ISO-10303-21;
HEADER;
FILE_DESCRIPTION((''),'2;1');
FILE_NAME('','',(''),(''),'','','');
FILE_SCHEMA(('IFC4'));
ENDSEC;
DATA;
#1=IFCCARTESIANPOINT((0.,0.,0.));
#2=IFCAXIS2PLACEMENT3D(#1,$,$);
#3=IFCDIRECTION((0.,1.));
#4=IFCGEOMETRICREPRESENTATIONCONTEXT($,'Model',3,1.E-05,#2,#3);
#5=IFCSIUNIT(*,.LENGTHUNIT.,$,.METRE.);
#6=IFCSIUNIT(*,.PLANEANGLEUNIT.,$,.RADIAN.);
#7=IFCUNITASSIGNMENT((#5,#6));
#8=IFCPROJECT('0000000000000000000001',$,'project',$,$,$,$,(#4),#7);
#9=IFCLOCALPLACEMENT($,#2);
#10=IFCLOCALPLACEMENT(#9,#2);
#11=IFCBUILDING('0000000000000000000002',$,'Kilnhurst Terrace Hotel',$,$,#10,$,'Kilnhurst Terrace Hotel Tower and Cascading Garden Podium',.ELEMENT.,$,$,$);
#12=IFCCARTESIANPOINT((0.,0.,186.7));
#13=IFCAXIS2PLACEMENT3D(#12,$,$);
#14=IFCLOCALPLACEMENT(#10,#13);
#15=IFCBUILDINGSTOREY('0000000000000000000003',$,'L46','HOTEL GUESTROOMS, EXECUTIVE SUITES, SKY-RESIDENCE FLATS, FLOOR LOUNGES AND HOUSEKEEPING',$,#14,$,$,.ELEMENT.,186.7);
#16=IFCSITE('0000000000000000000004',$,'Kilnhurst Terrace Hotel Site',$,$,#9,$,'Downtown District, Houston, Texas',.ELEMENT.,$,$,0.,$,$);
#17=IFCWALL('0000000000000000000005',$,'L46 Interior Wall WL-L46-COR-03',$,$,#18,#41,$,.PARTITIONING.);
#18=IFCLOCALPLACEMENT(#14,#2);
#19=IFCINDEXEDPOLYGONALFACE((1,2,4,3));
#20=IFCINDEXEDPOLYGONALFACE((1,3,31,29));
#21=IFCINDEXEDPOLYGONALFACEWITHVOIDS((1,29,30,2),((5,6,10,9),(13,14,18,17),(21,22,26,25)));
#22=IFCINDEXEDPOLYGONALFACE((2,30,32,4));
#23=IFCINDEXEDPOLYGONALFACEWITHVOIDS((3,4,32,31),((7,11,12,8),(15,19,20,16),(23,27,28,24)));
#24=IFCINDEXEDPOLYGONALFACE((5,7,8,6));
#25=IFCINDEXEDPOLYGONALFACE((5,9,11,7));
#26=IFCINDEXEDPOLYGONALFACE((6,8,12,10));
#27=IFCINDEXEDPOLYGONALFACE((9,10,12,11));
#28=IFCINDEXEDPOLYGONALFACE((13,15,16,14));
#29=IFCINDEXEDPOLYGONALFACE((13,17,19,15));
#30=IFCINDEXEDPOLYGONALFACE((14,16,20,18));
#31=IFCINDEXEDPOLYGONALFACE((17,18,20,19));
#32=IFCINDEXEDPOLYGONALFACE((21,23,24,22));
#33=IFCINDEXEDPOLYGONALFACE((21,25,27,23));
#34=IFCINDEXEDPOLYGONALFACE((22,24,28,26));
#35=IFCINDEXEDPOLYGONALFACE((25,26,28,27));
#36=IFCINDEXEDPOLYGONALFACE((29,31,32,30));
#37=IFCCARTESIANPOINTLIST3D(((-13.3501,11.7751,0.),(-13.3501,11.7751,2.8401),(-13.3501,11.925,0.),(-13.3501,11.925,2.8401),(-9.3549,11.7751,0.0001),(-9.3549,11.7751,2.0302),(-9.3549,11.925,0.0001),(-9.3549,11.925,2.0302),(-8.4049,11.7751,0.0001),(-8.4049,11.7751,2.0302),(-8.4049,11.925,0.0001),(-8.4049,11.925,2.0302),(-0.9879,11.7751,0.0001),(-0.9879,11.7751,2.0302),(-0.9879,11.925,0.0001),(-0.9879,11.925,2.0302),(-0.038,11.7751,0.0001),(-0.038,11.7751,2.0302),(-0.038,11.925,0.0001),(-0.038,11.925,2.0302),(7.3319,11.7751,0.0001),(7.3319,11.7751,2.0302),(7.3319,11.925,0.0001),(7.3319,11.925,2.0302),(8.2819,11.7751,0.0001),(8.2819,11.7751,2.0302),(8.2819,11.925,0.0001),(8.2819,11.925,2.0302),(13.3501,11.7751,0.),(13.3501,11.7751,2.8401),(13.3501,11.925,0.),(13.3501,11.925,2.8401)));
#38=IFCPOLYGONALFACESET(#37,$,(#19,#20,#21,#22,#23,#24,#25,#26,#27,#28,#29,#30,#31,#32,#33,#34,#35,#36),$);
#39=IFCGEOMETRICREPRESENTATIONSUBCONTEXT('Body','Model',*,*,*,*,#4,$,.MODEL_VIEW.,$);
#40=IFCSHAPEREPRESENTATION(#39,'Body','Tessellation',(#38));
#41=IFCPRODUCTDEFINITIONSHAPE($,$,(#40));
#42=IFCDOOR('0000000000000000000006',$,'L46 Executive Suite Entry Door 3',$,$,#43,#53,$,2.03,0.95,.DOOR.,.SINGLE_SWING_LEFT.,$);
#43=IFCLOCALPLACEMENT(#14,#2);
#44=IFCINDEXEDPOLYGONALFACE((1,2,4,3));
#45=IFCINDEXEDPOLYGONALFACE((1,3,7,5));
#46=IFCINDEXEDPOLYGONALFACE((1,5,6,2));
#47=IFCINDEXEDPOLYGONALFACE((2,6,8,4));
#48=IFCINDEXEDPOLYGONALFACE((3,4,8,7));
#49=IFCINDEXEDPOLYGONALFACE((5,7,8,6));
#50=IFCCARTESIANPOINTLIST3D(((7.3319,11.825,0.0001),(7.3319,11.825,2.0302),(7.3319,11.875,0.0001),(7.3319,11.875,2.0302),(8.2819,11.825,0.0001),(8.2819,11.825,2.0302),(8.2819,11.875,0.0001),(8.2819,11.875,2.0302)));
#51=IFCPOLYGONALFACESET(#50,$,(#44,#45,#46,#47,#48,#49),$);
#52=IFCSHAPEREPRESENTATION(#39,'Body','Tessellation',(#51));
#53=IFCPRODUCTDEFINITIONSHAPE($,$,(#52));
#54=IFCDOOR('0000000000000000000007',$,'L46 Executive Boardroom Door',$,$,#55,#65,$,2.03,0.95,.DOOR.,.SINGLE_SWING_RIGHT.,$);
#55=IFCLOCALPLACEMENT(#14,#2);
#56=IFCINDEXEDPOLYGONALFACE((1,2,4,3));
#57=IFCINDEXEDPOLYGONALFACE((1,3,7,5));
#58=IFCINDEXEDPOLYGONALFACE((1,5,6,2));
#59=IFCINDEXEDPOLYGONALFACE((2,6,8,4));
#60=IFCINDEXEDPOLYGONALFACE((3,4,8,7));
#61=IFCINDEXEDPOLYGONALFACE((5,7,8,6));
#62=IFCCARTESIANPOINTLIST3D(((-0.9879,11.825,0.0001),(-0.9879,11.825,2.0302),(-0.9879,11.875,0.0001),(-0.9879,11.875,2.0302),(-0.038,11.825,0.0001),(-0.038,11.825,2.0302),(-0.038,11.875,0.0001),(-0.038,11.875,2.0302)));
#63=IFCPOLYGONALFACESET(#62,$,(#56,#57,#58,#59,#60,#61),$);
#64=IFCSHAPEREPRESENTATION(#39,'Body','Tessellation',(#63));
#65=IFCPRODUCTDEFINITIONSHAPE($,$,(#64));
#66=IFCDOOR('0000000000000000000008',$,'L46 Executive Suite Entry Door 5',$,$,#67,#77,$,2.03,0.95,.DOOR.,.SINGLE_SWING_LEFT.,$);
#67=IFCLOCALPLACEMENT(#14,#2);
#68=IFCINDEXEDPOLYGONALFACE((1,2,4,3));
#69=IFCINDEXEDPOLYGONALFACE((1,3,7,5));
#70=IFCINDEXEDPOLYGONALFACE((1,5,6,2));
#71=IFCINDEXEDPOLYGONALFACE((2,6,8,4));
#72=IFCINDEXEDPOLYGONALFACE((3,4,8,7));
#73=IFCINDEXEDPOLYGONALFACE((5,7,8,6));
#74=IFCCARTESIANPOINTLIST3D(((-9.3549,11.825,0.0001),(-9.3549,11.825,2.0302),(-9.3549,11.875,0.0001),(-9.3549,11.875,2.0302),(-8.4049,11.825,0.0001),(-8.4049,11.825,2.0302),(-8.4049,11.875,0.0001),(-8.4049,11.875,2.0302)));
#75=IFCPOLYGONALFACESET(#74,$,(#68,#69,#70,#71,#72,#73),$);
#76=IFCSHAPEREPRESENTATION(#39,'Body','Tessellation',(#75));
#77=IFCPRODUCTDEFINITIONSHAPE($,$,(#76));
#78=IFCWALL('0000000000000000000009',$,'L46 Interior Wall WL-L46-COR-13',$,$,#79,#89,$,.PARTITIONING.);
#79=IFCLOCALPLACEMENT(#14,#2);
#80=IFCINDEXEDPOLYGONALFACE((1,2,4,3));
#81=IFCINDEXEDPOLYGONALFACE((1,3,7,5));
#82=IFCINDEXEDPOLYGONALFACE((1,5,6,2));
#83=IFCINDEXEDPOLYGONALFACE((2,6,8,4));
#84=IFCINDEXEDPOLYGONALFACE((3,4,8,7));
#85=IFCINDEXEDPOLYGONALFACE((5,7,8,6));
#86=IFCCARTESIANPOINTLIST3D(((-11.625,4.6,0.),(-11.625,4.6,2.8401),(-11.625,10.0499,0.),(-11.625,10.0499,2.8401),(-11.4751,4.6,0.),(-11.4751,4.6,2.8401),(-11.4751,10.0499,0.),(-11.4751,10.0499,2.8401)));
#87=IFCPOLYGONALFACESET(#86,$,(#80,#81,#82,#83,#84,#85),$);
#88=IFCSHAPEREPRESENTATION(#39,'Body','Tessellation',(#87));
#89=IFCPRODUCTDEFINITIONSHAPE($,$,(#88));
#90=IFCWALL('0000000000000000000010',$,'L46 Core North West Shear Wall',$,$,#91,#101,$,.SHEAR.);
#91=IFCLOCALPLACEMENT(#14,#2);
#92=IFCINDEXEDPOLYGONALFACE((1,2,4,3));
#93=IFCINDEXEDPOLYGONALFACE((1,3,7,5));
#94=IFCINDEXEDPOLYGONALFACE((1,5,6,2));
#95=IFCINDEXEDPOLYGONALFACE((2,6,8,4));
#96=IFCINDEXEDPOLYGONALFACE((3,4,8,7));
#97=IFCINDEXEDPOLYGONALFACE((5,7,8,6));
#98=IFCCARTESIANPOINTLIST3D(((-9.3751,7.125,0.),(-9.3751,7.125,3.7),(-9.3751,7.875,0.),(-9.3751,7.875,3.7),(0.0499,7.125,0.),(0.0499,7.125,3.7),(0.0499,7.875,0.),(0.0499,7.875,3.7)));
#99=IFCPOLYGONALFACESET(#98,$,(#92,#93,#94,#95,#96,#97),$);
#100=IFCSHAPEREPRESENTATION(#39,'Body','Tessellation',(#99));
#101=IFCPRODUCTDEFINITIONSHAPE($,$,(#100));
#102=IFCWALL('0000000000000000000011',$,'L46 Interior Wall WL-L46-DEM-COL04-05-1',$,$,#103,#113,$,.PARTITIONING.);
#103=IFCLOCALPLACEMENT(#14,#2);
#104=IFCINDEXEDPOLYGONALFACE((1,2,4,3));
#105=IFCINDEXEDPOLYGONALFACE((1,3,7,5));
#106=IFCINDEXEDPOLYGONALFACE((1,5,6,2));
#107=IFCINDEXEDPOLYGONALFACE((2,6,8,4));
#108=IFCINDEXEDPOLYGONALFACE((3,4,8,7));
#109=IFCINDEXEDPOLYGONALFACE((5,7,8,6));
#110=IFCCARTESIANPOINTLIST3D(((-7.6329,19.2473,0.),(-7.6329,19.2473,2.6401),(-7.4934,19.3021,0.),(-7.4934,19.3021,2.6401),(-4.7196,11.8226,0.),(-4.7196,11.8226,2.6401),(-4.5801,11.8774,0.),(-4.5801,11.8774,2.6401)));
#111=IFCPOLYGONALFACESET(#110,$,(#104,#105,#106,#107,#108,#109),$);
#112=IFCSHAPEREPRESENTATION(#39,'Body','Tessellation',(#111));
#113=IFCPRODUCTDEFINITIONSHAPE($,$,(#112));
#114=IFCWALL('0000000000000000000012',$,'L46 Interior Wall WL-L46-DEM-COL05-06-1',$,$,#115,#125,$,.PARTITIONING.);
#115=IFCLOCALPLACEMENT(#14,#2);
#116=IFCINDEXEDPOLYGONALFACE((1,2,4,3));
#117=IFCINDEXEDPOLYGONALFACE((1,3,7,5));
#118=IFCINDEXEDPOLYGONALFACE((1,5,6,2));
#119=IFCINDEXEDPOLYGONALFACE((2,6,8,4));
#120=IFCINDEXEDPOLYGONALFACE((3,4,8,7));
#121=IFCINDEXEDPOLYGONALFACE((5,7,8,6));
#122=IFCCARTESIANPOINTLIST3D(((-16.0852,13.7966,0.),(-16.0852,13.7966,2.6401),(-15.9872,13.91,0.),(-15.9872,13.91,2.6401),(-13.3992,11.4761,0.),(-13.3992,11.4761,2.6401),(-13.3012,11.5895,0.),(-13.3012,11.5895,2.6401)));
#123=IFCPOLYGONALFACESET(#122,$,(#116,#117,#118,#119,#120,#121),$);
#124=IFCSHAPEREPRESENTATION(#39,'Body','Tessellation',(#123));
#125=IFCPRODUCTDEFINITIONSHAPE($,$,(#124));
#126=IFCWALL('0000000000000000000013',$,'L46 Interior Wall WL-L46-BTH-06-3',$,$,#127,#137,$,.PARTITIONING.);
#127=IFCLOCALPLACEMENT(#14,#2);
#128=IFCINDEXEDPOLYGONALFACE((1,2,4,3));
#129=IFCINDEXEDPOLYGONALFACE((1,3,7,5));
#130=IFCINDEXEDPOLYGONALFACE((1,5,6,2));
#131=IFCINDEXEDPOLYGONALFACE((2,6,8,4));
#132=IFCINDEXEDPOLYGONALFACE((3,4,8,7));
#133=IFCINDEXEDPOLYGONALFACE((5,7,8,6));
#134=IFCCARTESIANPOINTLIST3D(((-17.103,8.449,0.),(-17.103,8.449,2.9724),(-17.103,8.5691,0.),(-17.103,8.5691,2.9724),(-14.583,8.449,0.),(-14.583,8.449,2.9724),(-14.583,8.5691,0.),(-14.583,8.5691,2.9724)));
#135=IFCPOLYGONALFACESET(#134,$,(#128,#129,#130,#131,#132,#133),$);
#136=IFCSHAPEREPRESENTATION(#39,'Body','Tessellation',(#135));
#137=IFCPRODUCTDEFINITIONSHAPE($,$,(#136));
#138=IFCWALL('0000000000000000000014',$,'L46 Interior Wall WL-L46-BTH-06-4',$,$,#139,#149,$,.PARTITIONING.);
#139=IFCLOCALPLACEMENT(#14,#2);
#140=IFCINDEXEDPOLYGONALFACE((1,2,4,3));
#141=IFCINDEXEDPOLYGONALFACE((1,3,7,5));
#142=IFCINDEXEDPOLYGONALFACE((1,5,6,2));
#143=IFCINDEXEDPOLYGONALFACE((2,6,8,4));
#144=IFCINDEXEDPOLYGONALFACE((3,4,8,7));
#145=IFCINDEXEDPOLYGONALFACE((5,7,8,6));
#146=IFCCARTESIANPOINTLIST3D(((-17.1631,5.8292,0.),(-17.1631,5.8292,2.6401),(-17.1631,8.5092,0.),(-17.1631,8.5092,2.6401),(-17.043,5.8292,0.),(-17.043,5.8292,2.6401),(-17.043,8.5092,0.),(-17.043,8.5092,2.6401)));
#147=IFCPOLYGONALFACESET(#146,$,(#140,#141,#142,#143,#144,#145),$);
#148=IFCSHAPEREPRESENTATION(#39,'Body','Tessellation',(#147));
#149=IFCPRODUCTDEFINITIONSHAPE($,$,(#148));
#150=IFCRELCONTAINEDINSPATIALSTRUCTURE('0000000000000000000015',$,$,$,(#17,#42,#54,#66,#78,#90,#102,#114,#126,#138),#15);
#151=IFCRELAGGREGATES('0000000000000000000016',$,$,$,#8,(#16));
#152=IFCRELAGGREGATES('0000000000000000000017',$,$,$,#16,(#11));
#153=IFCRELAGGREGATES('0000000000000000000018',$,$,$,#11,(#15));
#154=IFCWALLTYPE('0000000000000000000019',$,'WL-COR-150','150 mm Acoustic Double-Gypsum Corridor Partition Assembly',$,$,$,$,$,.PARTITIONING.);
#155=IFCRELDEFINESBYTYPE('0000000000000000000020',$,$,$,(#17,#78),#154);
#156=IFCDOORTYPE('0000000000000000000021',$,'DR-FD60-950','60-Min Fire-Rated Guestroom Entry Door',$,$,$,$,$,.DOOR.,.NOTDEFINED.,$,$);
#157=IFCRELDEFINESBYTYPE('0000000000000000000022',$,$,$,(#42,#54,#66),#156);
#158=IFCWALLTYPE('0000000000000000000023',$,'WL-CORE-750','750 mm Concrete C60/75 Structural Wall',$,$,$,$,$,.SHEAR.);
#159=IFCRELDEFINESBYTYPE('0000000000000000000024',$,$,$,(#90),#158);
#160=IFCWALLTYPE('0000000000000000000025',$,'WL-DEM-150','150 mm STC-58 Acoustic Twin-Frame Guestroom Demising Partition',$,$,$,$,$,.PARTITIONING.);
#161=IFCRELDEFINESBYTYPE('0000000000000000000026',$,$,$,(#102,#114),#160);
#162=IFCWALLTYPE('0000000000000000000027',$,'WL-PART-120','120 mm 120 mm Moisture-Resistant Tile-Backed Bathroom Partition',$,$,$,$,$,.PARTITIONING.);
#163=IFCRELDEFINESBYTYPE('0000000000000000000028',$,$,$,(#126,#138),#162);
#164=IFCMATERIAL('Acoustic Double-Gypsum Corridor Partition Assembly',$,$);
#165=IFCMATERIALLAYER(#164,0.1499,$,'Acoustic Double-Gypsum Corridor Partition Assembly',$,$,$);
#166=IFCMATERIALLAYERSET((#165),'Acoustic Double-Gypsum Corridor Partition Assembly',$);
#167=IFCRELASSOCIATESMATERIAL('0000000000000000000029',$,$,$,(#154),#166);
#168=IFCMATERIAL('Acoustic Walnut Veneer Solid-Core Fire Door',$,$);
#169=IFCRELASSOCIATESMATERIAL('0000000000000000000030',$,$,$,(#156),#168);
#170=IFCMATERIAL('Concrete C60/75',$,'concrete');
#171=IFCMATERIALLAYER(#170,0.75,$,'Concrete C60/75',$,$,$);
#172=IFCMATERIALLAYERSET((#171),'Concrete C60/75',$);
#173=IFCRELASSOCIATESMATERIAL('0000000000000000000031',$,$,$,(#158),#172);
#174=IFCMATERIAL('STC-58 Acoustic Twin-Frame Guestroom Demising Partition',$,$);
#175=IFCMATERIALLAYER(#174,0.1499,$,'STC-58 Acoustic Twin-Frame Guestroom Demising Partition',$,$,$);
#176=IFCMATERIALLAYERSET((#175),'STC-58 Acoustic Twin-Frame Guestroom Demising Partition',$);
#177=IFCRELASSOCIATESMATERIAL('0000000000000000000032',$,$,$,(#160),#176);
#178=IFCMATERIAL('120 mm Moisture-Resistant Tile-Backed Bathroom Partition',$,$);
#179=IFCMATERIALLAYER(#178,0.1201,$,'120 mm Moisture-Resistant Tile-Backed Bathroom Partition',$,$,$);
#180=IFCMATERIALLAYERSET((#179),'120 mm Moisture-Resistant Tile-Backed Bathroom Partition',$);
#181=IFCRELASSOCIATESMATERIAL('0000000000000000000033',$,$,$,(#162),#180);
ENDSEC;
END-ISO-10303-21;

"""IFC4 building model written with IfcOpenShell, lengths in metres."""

from ifc_helpers import new_model, si_unit, direction, frame, frame_2d, origin, place, context, subcontext, project, spatial, rectangle, extrude, material, layer, layer_set, type_object, element, fill, save


model = new_model("IFC4")

# Units and contexts
model_context = context("Model", 3, precision=1e-05, world=origin(), true_north=direction((0.0, 1.0)))
body_context = subcontext(model_context, "Body", "Model", "MODEL_VIEW")
ifc_project = project(units=[si_unit("LENGTHUNIT", "METRE"), si_unit("PLANEANGLEUNIT", "RADIAN")], contexts=[model_context])

# Site, building, storey
site_placement = place(None, origin())
site = spatial("IfcSite", under=ifc_project, at=site_placement, Name="Kilnhurst Terrace Hotel Site", LongName="Downtown District, Houston, Texas", CompositionType="ELEMENT", RefElevation=0.0)
building_placement = place(site_placement, origin())
building = spatial("IfcBuilding", under=site, at=building_placement, Name="Kilnhurst Terrace Hotel", LongName="Kilnhurst Terrace Hotel Tower and Cascading Garden Podium", CompositionType="ELEMENT")
storey_placement = place(building_placement, frame((0.0, 0.0, 186.7)))
storey = spatial("IfcBuildingStorey", under=building, at=storey_placement, Name="L46", Description="HOTEL GUESTROOMS, EXECUTIVE SUITES, SKY-RESIDENCE FLATS, FLOOR LOUNGES AND HOUSEKEEPING", CompositionType="ELEMENT", Elevation=186.7)

# Wall, openings, doors
ifc_material_1 = material(Name="Acoustic Double-Gypsum Corridor Partition Assembly")
ifc_layer_1 = layer(ifc_material_1, 0.1499, Name="Acoustic Double-Gypsum Corridor Partition Assembly")
ifc_layer_set_1 = layer_set([ifc_layer_1], Name="Acoustic Double-Gypsum Corridor Partition Assembly")
wall_type_1 = type_object("IfcWallType", Name="WL-COR-150", Description="150 mm Acoustic Double-Gypsum Corridor Partition Assembly", PredefinedType="PARTITIONING", material=ifc_layer_set_1)
wall_1_placement = place(storey_placement, frame((-13.3501, 11.8501, 0.0), z_axis=(0.0, 0.0, 1.0), x_axis=(1.0, 0.0, 0.0)))
wall_1 = element("IfcWall", 1, at=wall_1_placement, inside=storey, type_object=wall_type_1, Name="L46 Interior Wall WL-L46-COR-03", PredefinedType="PARTITIONING", context=body_context, shape_type="SweptSolid", body=[
    extrude(rectangle(XDim=26.7002, YDim=0.1499, at=frame_2d((13.3501, 0.0))), origin(), (0.0, 0.0, 1.0), 2.8401),
])
opening_1_placement = place(wall_1_placement, frame((20.6819, 0.0, 0.0)))
opening_1 = element("IfcOpeningElement", 2, at=opening_1_placement, cuts=wall_1, PredefinedType="OPENING", context=body_context, shape_type="SweptSolid", body=[
    extrude(rectangle(XDim=0.95, YDim=2.03, at=frame_2d((0.4751, 1.0151))), frame((0.0, 0.085, 0.0), z_axis=(0.0, -1.0, 0.0), x_axis=(1.0, 0.0, 0.0)), (0.0, 0.0, 1.0), 0.1699),
])
opening_2_placement = place(wall_1_placement, frame((12.3621, 0.0, 0.0)))
opening_2 = element("IfcOpeningElement", 3, at=opening_2_placement, cuts=wall_1, PredefinedType="OPENING", context=body_context, shape_type="SweptSolid", body=[
    extrude(rectangle(XDim=0.95, YDim=2.03, at=frame_2d((0.4751, 1.0151))), frame((0.0, 0.085, 0.0), z_axis=(0.0, -1.0, 0.0), x_axis=(1.0, 0.0, 0.0)), (0.0, 0.0, 1.0), 0.1699),
])
opening_3_placement = place(wall_1_placement, frame((3.9951, 0.0, 0.0)))
opening_3 = element("IfcOpeningElement", 4, at=opening_3_placement, cuts=wall_1, PredefinedType="OPENING", context=body_context, shape_type="SweptSolid", body=[
    extrude(rectangle(XDim=0.95, YDim=2.03, at=frame_2d((0.4751, 1.0151))), frame((0.0, 0.085, 0.0), z_axis=(0.0, -1.0, 0.0), x_axis=(1.0, 0.0, 0.0)), (0.0, 0.0, 1.0), 0.1699),
])
ifc_material_2 = material(Name="Acoustic Walnut Veneer Solid-Core Fire Door")
door_type = type_object("IfcDoorType", Name="DR-FD60-950", Description="60-Min Fire-Rated Guestroom Entry Door", OperationType="NOTDEFINED", PredefinedType="DOOR", material=ifc_material_2)
door_1_placement = place(opening_1_placement, origin())
door_1 = element("IfcDoor", 5, at=door_1_placement, inside=storey, type_object=door_type, Name="L46 Executive Suite Entry Door 3", OperationType="SINGLE_SWING_LEFT", OverallHeight=2.03, OverallWidth=0.95, PredefinedType="DOOR", context=body_context, shape_type="SweptSolid", body=[
    extrude(rectangle(XDim=0.95, YDim=2.03, at=frame_2d((0.4751, 1.0151))), frame((0.0, 0.0249, 0.0), z_axis=(0.0, -1.0, 0.0), x_axis=(1.0, 0.0, 0.0)), (0.0, 0.0, 1.0), 0.05),
])
fill(opening_1, door_1)
door_2_placement = place(opening_2_placement, origin())
door_2 = element("IfcDoor", 6, at=door_2_placement, inside=storey, type_object=door_type, Name="L46 Executive Boardroom Door", OperationType="SINGLE_SWING_RIGHT", OverallHeight=2.03, OverallWidth=0.95, PredefinedType="DOOR", context=body_context, shape_type="SweptSolid", body=[
    extrude(rectangle(XDim=0.95, YDim=2.03, at=frame_2d((0.4751, 1.0151))), frame((0.0, 0.0249, 0.0), z_axis=(0.0, -1.0, 0.0), x_axis=(1.0, 0.0, 0.0)), (0.0, 0.0, 1.0), 0.05),
])
fill(opening_2, door_2)
door_3_placement = place(opening_3_placement, origin())
door_3 = element("IfcDoor", 7, at=door_3_placement, inside=storey, type_object=door_type, Name="L46 Executive Suite Entry Door 5", OperationType="SINGLE_SWING_LEFT", OverallHeight=2.03, OverallWidth=0.95, PredefinedType="DOOR", context=body_context, shape_type="SweptSolid", body=[
    extrude(rectangle(XDim=0.95, YDim=2.03, at=frame_2d((0.4751, 1.0151))), frame((0.0, 0.0249, 0.0), z_axis=(0.0, -1.0, 0.0), x_axis=(1.0, 0.0, 0.0)), (0.0, 0.0, 1.0), 0.05),
])
fill(opening_3, door_3)

# Walls
wall_2_placement = place(storey_placement, frame((-11.55, 10.05, 0.0), z_axis=(0.0, 0.0, 1.0), x_axis=(0.0, -1.0, 0.0)))
element("IfcWall", 8, at=wall_2_placement, inside=storey, type_object=wall_type_1, Name="L46 Interior Wall WL-L46-COR-13", PredefinedType="PARTITIONING", context=body_context, shape_type="SweptSolid", body=[
    extrude(rectangle(XDim=5.45, YDim=0.1499, at=frame_2d((2.7251, 0.0))), origin(), (0.0, 0.0, 1.0), 2.8401),
])
ifc_material_3 = material(Name="Concrete C60/75", Category="concrete")
ifc_layer_2 = layer(ifc_material_3, 0.75, Name="Concrete C60/75")
ifc_layer_set_2 = layer_set([ifc_layer_2], Name="Concrete C60/75")
wall_type_2 = type_object("IfcWallType", Name="WL-CORE-750", Description="750 mm Concrete C60/75 Structural Wall", PredefinedType="SHEAR", material=ifc_layer_set_2)
wall_3_placement = place(storey_placement, frame((-9.375, 7.5, 0.0), z_axis=(0.0, 0.0, 1.0), x_axis=(1.0, 0.0, 0.0)))
element("IfcWall", 9, at=wall_3_placement, inside=storey, type_object=wall_type_2, Name="L46 Core North West Shear Wall", PredefinedType="SHEAR", context=body_context, shape_type="SweptSolid", body=[
    extrude(rectangle(XDim=9.425, YDim=0.75, at=frame_2d((4.7124, 0.0))), origin(), (0.0, 0.0, 1.0), 3.7),
])
ifc_material_4 = material(Name="STC-58 Acoustic Twin-Frame Guestroom Demising Partition")
ifc_layer_3 = layer(ifc_material_4, 0.1499, Name="STC-58 Acoustic Twin-Frame Guestroom Demising Partition")
ifc_layer_set_3 = layer_set([ifc_layer_3], Name="STC-58 Acoustic Twin-Frame Guestroom Demising Partition")
wall_type_3 = type_object("IfcWallType", Name="WL-DEM-150", Description="150 mm STC-58 Acoustic Twin-Frame Guestroom Demising Partition", PredefinedType="PARTITIONING", material=ifc_layer_set_3)
wall_4_placement = place(storey_placement, frame((-4.6499, 11.8501, 0.0), z_axis=(0.0, 0.0, 1.0), x_axis=(-0.365266, 0.930903, 0.0)))
element("IfcWall", 10, at=wall_4_placement, inside=storey, type_object=wall_type_3, Name="L46 Interior Wall WL-L46-DEM-COL04-05-1", PredefinedType="PARTITIONING", context=body_context, shape_type="SweptSolid", body=[
    extrude(rectangle(XDim=7.9758, YDim=0.1499, at=frame_2d((3.9878, 0.0))), origin(), (0.0, 0.0, 1.0), 2.6401),
])
wall_5_placement = place(storey_placement, frame((-13.3501, 11.5327, 0.0), z_axis=(0.0, 0.0, 1.0), x_axis=(-0.756712, 0.653749, 0.0)))
element("IfcWall", 11, at=wall_5_placement, inside=storey, type_object=wall_type_3, Name="L46 Interior Wall WL-L46-DEM-COL05-06-1", PredefinedType="PARTITIONING", context=body_context, shape_type="SweptSolid", body=[
    extrude(rectangle(XDim=3.5496, YDim=0.1499, at=frame_2d((1.7749, 0.0))), origin(), (0.0, 0.0, 1.0), 2.6401),
])
ifc_material_5 = material(Name="120 mm Moisture-Resistant Tile-Backed Bathroom Partition")
ifc_layer_4 = layer(ifc_material_5, 0.1201, Name="120 mm Moisture-Resistant Tile-Backed Bathroom Partition")
ifc_layer_set_4 = layer_set([ifc_layer_4], Name="120 mm Moisture-Resistant Tile-Backed Bathroom Partition")
wall_type_4 = type_object("IfcWallType", Name="WL-PART-120", Description="120 mm 120 mm Moisture-Resistant Tile-Backed Bathroom Partition", PredefinedType="PARTITIONING", material=ifc_layer_set_4)
wall_6_placement = place(storey_placement, frame((-14.583, 8.509, 0.0), z_axis=(0.0, 0.0, 1.0), x_axis=(-1.0, 0.0, 0.0)))
element("IfcWall", 12, at=wall_6_placement, inside=storey, type_object=wall_type_4, Name="L46 Interior Wall WL-L46-BTH-06-3", PredefinedType="PARTITIONING", context=body_context, shape_type="SweptSolid", body=[
    extrude(rectangle(XDim=2.52, YDim=0.1201, at=frame_2d((1.26, 0.0))), origin(), (0.0, 0.0, 1.0), 2.9724),
])
wall_7_placement = place(storey_placement, frame((-17.103, 8.509, 0.0), z_axis=(0.0, 0.0, 1.0), x_axis=(0.0, -1.0, 0.0)))
element("IfcWall", 13, at=wall_7_placement, inside=storey, type_object=wall_type_4, Name="L46 Interior Wall WL-L46-BTH-06-4", PredefinedType="PARTITIONING", context=body_context, shape_type="SweptSolid", body=[
    extrude(rectangle(XDim=2.6799, YDim=0.1201, at=frame_2d((1.3398, 0.0))), origin(), (0.0, 0.0, 1.0), 2.6401),
])

save(model, "model.ifc")
